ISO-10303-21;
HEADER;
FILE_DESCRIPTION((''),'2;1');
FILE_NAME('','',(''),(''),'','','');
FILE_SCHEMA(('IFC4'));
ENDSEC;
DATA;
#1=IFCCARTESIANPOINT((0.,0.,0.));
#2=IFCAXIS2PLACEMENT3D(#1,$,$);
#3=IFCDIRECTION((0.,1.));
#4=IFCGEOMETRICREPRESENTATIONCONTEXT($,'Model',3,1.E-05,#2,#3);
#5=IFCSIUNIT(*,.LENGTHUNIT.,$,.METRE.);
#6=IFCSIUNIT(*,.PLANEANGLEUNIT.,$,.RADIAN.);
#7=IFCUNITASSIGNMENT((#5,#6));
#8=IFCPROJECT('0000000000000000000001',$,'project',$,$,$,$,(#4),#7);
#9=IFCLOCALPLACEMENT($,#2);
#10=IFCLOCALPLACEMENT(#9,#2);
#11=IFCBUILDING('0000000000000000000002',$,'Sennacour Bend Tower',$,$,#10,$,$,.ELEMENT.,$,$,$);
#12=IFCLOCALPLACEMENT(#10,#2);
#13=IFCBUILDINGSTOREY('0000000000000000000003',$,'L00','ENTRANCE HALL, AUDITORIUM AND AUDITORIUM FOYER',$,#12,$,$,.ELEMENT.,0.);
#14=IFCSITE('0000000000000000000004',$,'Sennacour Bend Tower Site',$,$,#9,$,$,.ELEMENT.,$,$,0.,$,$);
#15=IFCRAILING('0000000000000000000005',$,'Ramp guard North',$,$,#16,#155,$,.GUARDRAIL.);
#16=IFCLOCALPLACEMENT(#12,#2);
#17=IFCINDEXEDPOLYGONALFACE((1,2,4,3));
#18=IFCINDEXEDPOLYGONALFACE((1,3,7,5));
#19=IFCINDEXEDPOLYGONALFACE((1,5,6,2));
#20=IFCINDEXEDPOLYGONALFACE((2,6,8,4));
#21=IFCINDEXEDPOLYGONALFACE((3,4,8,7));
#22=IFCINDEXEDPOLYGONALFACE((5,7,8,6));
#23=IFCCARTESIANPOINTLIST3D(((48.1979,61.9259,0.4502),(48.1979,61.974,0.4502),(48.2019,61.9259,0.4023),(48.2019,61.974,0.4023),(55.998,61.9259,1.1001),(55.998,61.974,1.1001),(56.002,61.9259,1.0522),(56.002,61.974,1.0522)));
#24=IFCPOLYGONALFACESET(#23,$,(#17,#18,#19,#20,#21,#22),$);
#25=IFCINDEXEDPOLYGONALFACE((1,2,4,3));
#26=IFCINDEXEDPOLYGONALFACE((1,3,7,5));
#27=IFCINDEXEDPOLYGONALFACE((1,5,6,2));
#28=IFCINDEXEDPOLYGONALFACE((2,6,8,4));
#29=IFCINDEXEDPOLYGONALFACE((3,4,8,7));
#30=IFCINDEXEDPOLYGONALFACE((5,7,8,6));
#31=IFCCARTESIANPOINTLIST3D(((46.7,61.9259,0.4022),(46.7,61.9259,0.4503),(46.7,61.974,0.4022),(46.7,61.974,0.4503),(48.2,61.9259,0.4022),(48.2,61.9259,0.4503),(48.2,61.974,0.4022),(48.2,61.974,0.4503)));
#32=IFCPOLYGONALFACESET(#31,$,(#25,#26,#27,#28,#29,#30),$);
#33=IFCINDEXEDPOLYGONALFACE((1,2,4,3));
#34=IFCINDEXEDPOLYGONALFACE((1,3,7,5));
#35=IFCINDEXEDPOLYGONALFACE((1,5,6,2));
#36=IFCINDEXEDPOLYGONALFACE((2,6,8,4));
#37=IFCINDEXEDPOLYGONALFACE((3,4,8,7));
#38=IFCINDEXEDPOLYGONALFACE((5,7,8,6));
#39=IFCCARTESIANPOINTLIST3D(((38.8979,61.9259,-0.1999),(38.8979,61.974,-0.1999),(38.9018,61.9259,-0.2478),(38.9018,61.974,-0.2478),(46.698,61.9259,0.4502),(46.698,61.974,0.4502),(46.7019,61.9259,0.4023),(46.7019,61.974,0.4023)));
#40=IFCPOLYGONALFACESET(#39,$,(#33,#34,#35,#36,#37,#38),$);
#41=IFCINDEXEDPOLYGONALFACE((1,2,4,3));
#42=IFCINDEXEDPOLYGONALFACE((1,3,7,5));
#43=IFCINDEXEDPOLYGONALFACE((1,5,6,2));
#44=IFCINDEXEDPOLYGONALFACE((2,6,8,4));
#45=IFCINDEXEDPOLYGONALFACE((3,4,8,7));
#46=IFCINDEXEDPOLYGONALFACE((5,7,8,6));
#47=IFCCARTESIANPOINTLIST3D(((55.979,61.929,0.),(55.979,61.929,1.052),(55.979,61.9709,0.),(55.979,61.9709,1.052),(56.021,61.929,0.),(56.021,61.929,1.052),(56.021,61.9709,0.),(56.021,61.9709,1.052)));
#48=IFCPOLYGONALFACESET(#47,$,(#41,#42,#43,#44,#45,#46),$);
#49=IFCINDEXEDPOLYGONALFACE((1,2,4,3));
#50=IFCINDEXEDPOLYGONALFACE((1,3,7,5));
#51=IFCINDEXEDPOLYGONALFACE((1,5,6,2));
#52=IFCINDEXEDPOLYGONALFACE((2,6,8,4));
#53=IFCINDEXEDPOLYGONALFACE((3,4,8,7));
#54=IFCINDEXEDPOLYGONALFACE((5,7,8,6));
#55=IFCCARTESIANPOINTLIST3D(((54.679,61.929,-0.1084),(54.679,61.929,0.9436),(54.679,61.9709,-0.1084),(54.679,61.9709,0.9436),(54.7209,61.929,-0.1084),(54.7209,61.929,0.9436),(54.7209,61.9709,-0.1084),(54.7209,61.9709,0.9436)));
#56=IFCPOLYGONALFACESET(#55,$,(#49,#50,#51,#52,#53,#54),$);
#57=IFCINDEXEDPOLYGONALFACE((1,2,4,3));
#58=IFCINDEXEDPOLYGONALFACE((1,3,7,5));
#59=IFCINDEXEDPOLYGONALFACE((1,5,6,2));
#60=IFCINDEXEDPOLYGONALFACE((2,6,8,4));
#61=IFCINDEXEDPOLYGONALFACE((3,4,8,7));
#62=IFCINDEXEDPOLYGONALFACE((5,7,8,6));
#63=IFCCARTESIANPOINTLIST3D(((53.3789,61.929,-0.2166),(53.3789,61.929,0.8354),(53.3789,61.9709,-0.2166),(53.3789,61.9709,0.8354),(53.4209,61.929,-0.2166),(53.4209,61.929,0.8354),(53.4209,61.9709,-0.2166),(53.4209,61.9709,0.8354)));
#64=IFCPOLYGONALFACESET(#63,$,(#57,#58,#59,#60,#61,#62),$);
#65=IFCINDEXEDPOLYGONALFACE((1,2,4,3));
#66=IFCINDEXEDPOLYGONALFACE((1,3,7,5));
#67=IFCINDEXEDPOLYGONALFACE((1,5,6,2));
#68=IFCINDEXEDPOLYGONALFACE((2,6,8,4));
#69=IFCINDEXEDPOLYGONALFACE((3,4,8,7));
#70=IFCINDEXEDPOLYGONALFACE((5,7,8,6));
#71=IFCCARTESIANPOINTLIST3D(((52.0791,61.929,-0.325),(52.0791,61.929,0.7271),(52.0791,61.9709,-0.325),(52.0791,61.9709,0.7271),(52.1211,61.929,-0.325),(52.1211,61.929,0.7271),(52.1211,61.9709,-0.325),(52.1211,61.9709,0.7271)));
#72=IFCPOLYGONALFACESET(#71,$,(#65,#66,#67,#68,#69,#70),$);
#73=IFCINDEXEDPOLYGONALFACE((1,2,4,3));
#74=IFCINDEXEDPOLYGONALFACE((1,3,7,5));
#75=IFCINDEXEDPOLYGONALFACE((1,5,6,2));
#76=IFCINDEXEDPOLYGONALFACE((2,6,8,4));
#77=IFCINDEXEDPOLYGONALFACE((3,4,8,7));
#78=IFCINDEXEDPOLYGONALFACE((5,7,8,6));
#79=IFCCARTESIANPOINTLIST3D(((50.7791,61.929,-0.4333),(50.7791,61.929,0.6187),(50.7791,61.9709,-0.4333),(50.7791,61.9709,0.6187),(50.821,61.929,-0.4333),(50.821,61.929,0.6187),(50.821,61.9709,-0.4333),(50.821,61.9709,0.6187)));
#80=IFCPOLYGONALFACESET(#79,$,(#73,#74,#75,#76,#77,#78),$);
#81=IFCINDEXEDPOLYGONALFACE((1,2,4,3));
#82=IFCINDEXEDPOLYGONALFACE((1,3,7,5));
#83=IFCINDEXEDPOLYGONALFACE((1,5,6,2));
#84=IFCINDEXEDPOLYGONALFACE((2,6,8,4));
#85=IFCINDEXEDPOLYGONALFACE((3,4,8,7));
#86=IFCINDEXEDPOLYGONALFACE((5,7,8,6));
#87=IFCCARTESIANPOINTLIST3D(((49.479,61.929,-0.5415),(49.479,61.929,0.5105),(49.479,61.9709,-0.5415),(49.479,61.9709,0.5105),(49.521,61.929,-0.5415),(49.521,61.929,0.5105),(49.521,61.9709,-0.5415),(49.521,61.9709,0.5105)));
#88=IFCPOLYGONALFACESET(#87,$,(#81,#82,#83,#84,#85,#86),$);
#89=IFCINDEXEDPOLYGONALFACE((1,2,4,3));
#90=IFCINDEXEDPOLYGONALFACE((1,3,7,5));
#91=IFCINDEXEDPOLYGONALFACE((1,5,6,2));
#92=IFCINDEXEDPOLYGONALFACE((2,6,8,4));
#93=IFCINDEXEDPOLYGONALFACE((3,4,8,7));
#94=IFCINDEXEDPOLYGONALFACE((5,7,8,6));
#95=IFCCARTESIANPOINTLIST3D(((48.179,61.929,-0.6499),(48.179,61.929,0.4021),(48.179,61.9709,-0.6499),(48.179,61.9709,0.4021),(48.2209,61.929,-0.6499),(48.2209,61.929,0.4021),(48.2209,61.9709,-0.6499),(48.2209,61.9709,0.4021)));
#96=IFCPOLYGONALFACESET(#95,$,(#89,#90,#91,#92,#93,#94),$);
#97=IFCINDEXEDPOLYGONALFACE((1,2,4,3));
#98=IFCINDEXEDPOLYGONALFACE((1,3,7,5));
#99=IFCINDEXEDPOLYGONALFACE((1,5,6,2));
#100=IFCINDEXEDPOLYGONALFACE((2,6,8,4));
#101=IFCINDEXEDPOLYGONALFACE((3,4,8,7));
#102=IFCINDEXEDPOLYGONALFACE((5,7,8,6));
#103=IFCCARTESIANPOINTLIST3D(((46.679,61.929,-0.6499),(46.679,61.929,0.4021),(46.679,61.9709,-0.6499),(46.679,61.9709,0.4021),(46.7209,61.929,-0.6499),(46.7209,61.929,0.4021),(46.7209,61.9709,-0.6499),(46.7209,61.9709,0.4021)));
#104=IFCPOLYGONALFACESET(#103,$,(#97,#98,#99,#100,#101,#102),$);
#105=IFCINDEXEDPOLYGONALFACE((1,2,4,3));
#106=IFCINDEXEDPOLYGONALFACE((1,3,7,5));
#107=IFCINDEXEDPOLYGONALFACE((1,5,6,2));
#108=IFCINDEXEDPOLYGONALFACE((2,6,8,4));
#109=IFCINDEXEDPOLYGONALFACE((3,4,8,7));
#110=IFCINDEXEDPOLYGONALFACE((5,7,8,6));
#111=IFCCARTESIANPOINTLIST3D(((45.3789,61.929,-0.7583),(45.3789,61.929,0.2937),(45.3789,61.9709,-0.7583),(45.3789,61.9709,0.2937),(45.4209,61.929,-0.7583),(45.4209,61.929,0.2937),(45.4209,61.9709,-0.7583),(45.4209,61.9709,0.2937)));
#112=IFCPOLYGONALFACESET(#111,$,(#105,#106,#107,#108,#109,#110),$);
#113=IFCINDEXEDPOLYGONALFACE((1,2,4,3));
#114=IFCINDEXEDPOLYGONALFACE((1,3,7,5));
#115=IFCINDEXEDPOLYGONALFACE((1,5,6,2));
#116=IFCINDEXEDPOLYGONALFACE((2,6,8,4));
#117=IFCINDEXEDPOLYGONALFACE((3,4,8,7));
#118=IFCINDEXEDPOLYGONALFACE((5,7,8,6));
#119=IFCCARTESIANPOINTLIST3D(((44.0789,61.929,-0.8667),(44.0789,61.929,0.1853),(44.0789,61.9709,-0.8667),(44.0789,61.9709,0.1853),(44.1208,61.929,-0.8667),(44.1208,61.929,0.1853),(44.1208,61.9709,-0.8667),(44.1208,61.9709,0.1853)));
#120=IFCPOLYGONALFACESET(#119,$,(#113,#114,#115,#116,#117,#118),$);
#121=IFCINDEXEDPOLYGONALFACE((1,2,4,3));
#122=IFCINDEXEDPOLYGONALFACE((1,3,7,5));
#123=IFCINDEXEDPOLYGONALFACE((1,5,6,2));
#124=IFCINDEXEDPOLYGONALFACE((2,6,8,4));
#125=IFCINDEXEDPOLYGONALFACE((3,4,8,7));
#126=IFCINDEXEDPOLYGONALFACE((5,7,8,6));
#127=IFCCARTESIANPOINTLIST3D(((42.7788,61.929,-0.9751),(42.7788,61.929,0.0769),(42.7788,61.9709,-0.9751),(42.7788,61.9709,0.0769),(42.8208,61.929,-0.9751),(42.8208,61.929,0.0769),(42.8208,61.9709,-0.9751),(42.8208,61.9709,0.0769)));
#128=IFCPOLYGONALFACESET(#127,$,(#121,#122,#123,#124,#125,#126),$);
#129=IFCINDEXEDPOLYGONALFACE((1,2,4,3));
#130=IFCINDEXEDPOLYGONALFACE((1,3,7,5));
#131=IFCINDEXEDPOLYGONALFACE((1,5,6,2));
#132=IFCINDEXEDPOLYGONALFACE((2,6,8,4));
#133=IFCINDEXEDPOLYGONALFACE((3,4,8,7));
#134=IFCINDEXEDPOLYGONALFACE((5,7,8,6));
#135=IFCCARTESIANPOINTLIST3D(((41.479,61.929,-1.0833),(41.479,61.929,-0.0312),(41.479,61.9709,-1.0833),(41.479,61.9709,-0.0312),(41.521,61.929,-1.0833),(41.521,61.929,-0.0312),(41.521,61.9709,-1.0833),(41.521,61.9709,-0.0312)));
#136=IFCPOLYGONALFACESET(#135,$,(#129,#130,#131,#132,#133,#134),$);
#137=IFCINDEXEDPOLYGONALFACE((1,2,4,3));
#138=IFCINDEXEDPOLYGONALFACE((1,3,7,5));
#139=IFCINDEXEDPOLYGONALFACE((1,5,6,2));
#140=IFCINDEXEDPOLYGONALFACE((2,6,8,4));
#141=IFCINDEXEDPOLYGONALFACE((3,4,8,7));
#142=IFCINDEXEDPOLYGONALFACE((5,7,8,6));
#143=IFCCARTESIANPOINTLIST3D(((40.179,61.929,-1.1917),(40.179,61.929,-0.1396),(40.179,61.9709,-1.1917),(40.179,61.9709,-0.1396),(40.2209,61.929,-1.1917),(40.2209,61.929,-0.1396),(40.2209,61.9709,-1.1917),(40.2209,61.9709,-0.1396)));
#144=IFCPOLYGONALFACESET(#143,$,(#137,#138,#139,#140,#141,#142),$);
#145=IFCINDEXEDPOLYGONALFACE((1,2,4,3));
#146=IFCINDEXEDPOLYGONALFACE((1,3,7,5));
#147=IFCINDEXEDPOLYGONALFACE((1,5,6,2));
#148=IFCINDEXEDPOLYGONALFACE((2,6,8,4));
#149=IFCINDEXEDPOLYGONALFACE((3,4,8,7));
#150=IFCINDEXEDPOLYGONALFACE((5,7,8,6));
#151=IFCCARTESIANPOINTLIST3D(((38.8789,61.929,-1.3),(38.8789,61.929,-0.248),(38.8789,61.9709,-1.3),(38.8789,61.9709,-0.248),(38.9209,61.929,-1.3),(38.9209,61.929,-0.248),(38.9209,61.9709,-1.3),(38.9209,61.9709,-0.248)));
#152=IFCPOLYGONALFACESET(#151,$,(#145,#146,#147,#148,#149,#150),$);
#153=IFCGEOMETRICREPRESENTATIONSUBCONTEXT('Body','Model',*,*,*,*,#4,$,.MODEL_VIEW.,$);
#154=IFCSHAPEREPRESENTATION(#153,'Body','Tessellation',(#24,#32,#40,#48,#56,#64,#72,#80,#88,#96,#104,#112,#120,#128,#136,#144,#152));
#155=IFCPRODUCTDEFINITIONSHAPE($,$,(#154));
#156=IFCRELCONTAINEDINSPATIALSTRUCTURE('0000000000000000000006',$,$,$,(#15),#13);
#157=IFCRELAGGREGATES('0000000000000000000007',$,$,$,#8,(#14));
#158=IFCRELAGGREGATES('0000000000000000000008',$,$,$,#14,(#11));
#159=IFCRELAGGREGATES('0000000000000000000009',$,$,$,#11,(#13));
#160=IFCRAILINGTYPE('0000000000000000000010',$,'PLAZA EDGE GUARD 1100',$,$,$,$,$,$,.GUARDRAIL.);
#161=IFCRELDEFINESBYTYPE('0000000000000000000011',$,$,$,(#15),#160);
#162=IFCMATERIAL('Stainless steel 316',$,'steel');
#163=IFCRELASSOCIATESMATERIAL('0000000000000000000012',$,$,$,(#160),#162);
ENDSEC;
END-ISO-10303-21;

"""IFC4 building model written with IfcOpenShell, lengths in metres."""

from ifc_helpers import new_model, si_unit, direction, frame, origin, origin_2d, place, context, subcontext, project, spatial, rectangle, extrude, material, type_object, element, save


model = new_model("IFC4")

# Units and contexts
model_context = context("Model", 3, precision=1e-05, world=origin(), true_north=direction((0.0, 1.0)))
body_context = subcontext(model_context, "Body", "Model", "MODEL_VIEW")
ifc_project = project(units=[si_unit("LENGTHUNIT", "METRE"), si_unit("PLANEANGLEUNIT", "RADIAN")], contexts=[model_context])

# Site, building, storey
site_placement = place(None, origin())
site = spatial("IfcSite", under=ifc_project, at=site_placement, Name="Sennacour Bend Tower Site", CompositionType="ELEMENT", RefElevation=0.0)
building_placement = place(site_placement, origin())
building = spatial("IfcBuilding", under=site, at=building_placement, Name="Sennacour Bend Tower", CompositionType="ELEMENT")
storey_placement = place(building_placement, origin())
storey = spatial("IfcBuildingStorey", under=building, at=storey_placement, Name="L00", Description="ENTRANCE HALL, AUDITORIUM AND AUDITORIUM FOYER", CompositionType="ELEMENT", Elevation=0.0)

# Railing
ifc_material_1 = material(Name="Stainless steel 316", Category="steel")
railing_type_1 = type_object("IfcRailingType", Name="PLAZA EDGE GUARD 1100", PredefinedType="GUARDRAIL", material=ifc_material_1)
railing_1_placement = place(storey_placement, frame((56.0, 61.95, 0.0)))
element("IfcRailing", 1, at=railing_1_placement, inside=storey, type_object=railing_type_1, Name="Ramp guard North", PredefinedType="GUARDRAIL", context=body_context, shape_type="SweptSolid", body=[
    extrude(rectangle(XDim=0.0481, YDim=0.0481, at=origin_2d()), frame((0.0, 0.0, 1.0762), z_axis=(-0.996547, 0.0, -0.083033), x_axis=(0.0, -1.0, 0.0)), (0.0, 0.0, 1.0), 7.8271),
    extrude(rectangle(XDim=0.0481, YDim=0.0481, at=origin_2d()), frame((-7.8, 0.0, 0.4263), z_axis=(-1.0, 0.0, 0.0), x_axis=(0.0, -1.0, 0.0)), (0.0, 0.0, 1.0), 1.5),
    extrude(rectangle(XDim=0.0481, YDim=0.0481, at=origin_2d()), frame((-9.3, 0.0, 0.4263), z_axis=(-0.996544, 0.0, -0.083064), x_axis=(0.0, -1.0, 0.0)), (0.0, 0.0, 1.0), 7.8271),
    extrude(rectangle(XDim=0.042, YDim=0.042, at=origin_2d()), origin(), (0.0, 0.0, 1.0), 1.052),
    extrude(rectangle(XDim=0.042, YDim=0.042, at=origin_2d()), frame((-1.3, 0.0, -0.1084)), (0.0, 0.0, 1.0), 1.052),
    extrude(rectangle(XDim=0.042, YDim=0.042, at=origin_2d()), frame((-2.6001, 0.0, -0.2166)), (0.0, 0.0, 1.0), 1.052),
    extrude(rectangle(XDim=0.042, YDim=0.042, at=origin_2d()), frame((-3.8999, 0.0, -0.325)), (0.0, 0.0, 1.0), 1.052),
    extrude(rectangle(XDim=0.042, YDim=0.042, at=origin_2d()), frame((-5.2, 0.0, -0.4333)), (0.0, 0.0, 1.0), 1.052),
    extrude(rectangle(XDim=0.042, YDim=0.042, at=origin_2d()), frame((-6.5, 0.0, -0.5415)), (0.0, 0.0, 1.0), 1.052),
    extrude(rectangle(XDim=0.042, YDim=0.042, at=origin_2d()), frame((-7.8, 0.0, -0.6499)), (0.0, 0.0, 1.0), 1.052),
    extrude(rectangle(XDim=0.042, YDim=0.042, at=origin_2d()), frame((-9.3, 0.0, -0.6499)), (0.0, 0.0, 1.0), 1.052),
    extrude(rectangle(XDim=0.042, YDim=0.042, at=origin_2d()), frame((-10.6001, 0.0, -0.7583)), (0.0, 0.0, 1.0), 1.052),
    extrude(rectangle(XDim=0.042, YDim=0.042, at=origin_2d()), frame((-11.9001, 0.0, -0.8667)), (0.0, 0.0, 1.0), 1.052),
    extrude(rectangle(XDim=0.042, YDim=0.042, at=origin_2d()), frame((-13.2002, 0.0, -0.9751)), (0.0, 0.0, 1.0), 1.052),
    extrude(rectangle(XDim=0.042, YDim=0.042, at=origin_2d()), frame((-14.5, 0.0, -1.0833)), (0.0, 0.0, 1.0), 1.052),
    extrude(rectangle(XDim=0.042, YDim=0.042, at=origin_2d()), frame((-15.8, 0.0, -1.1917)), (0.0, 0.0, 1.0), 1.052),
    extrude(rectangle(XDim=0.042, YDim=0.042, at=origin_2d()), frame((-17.1001, 0.0, -1.3)), (0.0, 0.0, 1.0), 1.052),
])

save(model, "model.ifc")
